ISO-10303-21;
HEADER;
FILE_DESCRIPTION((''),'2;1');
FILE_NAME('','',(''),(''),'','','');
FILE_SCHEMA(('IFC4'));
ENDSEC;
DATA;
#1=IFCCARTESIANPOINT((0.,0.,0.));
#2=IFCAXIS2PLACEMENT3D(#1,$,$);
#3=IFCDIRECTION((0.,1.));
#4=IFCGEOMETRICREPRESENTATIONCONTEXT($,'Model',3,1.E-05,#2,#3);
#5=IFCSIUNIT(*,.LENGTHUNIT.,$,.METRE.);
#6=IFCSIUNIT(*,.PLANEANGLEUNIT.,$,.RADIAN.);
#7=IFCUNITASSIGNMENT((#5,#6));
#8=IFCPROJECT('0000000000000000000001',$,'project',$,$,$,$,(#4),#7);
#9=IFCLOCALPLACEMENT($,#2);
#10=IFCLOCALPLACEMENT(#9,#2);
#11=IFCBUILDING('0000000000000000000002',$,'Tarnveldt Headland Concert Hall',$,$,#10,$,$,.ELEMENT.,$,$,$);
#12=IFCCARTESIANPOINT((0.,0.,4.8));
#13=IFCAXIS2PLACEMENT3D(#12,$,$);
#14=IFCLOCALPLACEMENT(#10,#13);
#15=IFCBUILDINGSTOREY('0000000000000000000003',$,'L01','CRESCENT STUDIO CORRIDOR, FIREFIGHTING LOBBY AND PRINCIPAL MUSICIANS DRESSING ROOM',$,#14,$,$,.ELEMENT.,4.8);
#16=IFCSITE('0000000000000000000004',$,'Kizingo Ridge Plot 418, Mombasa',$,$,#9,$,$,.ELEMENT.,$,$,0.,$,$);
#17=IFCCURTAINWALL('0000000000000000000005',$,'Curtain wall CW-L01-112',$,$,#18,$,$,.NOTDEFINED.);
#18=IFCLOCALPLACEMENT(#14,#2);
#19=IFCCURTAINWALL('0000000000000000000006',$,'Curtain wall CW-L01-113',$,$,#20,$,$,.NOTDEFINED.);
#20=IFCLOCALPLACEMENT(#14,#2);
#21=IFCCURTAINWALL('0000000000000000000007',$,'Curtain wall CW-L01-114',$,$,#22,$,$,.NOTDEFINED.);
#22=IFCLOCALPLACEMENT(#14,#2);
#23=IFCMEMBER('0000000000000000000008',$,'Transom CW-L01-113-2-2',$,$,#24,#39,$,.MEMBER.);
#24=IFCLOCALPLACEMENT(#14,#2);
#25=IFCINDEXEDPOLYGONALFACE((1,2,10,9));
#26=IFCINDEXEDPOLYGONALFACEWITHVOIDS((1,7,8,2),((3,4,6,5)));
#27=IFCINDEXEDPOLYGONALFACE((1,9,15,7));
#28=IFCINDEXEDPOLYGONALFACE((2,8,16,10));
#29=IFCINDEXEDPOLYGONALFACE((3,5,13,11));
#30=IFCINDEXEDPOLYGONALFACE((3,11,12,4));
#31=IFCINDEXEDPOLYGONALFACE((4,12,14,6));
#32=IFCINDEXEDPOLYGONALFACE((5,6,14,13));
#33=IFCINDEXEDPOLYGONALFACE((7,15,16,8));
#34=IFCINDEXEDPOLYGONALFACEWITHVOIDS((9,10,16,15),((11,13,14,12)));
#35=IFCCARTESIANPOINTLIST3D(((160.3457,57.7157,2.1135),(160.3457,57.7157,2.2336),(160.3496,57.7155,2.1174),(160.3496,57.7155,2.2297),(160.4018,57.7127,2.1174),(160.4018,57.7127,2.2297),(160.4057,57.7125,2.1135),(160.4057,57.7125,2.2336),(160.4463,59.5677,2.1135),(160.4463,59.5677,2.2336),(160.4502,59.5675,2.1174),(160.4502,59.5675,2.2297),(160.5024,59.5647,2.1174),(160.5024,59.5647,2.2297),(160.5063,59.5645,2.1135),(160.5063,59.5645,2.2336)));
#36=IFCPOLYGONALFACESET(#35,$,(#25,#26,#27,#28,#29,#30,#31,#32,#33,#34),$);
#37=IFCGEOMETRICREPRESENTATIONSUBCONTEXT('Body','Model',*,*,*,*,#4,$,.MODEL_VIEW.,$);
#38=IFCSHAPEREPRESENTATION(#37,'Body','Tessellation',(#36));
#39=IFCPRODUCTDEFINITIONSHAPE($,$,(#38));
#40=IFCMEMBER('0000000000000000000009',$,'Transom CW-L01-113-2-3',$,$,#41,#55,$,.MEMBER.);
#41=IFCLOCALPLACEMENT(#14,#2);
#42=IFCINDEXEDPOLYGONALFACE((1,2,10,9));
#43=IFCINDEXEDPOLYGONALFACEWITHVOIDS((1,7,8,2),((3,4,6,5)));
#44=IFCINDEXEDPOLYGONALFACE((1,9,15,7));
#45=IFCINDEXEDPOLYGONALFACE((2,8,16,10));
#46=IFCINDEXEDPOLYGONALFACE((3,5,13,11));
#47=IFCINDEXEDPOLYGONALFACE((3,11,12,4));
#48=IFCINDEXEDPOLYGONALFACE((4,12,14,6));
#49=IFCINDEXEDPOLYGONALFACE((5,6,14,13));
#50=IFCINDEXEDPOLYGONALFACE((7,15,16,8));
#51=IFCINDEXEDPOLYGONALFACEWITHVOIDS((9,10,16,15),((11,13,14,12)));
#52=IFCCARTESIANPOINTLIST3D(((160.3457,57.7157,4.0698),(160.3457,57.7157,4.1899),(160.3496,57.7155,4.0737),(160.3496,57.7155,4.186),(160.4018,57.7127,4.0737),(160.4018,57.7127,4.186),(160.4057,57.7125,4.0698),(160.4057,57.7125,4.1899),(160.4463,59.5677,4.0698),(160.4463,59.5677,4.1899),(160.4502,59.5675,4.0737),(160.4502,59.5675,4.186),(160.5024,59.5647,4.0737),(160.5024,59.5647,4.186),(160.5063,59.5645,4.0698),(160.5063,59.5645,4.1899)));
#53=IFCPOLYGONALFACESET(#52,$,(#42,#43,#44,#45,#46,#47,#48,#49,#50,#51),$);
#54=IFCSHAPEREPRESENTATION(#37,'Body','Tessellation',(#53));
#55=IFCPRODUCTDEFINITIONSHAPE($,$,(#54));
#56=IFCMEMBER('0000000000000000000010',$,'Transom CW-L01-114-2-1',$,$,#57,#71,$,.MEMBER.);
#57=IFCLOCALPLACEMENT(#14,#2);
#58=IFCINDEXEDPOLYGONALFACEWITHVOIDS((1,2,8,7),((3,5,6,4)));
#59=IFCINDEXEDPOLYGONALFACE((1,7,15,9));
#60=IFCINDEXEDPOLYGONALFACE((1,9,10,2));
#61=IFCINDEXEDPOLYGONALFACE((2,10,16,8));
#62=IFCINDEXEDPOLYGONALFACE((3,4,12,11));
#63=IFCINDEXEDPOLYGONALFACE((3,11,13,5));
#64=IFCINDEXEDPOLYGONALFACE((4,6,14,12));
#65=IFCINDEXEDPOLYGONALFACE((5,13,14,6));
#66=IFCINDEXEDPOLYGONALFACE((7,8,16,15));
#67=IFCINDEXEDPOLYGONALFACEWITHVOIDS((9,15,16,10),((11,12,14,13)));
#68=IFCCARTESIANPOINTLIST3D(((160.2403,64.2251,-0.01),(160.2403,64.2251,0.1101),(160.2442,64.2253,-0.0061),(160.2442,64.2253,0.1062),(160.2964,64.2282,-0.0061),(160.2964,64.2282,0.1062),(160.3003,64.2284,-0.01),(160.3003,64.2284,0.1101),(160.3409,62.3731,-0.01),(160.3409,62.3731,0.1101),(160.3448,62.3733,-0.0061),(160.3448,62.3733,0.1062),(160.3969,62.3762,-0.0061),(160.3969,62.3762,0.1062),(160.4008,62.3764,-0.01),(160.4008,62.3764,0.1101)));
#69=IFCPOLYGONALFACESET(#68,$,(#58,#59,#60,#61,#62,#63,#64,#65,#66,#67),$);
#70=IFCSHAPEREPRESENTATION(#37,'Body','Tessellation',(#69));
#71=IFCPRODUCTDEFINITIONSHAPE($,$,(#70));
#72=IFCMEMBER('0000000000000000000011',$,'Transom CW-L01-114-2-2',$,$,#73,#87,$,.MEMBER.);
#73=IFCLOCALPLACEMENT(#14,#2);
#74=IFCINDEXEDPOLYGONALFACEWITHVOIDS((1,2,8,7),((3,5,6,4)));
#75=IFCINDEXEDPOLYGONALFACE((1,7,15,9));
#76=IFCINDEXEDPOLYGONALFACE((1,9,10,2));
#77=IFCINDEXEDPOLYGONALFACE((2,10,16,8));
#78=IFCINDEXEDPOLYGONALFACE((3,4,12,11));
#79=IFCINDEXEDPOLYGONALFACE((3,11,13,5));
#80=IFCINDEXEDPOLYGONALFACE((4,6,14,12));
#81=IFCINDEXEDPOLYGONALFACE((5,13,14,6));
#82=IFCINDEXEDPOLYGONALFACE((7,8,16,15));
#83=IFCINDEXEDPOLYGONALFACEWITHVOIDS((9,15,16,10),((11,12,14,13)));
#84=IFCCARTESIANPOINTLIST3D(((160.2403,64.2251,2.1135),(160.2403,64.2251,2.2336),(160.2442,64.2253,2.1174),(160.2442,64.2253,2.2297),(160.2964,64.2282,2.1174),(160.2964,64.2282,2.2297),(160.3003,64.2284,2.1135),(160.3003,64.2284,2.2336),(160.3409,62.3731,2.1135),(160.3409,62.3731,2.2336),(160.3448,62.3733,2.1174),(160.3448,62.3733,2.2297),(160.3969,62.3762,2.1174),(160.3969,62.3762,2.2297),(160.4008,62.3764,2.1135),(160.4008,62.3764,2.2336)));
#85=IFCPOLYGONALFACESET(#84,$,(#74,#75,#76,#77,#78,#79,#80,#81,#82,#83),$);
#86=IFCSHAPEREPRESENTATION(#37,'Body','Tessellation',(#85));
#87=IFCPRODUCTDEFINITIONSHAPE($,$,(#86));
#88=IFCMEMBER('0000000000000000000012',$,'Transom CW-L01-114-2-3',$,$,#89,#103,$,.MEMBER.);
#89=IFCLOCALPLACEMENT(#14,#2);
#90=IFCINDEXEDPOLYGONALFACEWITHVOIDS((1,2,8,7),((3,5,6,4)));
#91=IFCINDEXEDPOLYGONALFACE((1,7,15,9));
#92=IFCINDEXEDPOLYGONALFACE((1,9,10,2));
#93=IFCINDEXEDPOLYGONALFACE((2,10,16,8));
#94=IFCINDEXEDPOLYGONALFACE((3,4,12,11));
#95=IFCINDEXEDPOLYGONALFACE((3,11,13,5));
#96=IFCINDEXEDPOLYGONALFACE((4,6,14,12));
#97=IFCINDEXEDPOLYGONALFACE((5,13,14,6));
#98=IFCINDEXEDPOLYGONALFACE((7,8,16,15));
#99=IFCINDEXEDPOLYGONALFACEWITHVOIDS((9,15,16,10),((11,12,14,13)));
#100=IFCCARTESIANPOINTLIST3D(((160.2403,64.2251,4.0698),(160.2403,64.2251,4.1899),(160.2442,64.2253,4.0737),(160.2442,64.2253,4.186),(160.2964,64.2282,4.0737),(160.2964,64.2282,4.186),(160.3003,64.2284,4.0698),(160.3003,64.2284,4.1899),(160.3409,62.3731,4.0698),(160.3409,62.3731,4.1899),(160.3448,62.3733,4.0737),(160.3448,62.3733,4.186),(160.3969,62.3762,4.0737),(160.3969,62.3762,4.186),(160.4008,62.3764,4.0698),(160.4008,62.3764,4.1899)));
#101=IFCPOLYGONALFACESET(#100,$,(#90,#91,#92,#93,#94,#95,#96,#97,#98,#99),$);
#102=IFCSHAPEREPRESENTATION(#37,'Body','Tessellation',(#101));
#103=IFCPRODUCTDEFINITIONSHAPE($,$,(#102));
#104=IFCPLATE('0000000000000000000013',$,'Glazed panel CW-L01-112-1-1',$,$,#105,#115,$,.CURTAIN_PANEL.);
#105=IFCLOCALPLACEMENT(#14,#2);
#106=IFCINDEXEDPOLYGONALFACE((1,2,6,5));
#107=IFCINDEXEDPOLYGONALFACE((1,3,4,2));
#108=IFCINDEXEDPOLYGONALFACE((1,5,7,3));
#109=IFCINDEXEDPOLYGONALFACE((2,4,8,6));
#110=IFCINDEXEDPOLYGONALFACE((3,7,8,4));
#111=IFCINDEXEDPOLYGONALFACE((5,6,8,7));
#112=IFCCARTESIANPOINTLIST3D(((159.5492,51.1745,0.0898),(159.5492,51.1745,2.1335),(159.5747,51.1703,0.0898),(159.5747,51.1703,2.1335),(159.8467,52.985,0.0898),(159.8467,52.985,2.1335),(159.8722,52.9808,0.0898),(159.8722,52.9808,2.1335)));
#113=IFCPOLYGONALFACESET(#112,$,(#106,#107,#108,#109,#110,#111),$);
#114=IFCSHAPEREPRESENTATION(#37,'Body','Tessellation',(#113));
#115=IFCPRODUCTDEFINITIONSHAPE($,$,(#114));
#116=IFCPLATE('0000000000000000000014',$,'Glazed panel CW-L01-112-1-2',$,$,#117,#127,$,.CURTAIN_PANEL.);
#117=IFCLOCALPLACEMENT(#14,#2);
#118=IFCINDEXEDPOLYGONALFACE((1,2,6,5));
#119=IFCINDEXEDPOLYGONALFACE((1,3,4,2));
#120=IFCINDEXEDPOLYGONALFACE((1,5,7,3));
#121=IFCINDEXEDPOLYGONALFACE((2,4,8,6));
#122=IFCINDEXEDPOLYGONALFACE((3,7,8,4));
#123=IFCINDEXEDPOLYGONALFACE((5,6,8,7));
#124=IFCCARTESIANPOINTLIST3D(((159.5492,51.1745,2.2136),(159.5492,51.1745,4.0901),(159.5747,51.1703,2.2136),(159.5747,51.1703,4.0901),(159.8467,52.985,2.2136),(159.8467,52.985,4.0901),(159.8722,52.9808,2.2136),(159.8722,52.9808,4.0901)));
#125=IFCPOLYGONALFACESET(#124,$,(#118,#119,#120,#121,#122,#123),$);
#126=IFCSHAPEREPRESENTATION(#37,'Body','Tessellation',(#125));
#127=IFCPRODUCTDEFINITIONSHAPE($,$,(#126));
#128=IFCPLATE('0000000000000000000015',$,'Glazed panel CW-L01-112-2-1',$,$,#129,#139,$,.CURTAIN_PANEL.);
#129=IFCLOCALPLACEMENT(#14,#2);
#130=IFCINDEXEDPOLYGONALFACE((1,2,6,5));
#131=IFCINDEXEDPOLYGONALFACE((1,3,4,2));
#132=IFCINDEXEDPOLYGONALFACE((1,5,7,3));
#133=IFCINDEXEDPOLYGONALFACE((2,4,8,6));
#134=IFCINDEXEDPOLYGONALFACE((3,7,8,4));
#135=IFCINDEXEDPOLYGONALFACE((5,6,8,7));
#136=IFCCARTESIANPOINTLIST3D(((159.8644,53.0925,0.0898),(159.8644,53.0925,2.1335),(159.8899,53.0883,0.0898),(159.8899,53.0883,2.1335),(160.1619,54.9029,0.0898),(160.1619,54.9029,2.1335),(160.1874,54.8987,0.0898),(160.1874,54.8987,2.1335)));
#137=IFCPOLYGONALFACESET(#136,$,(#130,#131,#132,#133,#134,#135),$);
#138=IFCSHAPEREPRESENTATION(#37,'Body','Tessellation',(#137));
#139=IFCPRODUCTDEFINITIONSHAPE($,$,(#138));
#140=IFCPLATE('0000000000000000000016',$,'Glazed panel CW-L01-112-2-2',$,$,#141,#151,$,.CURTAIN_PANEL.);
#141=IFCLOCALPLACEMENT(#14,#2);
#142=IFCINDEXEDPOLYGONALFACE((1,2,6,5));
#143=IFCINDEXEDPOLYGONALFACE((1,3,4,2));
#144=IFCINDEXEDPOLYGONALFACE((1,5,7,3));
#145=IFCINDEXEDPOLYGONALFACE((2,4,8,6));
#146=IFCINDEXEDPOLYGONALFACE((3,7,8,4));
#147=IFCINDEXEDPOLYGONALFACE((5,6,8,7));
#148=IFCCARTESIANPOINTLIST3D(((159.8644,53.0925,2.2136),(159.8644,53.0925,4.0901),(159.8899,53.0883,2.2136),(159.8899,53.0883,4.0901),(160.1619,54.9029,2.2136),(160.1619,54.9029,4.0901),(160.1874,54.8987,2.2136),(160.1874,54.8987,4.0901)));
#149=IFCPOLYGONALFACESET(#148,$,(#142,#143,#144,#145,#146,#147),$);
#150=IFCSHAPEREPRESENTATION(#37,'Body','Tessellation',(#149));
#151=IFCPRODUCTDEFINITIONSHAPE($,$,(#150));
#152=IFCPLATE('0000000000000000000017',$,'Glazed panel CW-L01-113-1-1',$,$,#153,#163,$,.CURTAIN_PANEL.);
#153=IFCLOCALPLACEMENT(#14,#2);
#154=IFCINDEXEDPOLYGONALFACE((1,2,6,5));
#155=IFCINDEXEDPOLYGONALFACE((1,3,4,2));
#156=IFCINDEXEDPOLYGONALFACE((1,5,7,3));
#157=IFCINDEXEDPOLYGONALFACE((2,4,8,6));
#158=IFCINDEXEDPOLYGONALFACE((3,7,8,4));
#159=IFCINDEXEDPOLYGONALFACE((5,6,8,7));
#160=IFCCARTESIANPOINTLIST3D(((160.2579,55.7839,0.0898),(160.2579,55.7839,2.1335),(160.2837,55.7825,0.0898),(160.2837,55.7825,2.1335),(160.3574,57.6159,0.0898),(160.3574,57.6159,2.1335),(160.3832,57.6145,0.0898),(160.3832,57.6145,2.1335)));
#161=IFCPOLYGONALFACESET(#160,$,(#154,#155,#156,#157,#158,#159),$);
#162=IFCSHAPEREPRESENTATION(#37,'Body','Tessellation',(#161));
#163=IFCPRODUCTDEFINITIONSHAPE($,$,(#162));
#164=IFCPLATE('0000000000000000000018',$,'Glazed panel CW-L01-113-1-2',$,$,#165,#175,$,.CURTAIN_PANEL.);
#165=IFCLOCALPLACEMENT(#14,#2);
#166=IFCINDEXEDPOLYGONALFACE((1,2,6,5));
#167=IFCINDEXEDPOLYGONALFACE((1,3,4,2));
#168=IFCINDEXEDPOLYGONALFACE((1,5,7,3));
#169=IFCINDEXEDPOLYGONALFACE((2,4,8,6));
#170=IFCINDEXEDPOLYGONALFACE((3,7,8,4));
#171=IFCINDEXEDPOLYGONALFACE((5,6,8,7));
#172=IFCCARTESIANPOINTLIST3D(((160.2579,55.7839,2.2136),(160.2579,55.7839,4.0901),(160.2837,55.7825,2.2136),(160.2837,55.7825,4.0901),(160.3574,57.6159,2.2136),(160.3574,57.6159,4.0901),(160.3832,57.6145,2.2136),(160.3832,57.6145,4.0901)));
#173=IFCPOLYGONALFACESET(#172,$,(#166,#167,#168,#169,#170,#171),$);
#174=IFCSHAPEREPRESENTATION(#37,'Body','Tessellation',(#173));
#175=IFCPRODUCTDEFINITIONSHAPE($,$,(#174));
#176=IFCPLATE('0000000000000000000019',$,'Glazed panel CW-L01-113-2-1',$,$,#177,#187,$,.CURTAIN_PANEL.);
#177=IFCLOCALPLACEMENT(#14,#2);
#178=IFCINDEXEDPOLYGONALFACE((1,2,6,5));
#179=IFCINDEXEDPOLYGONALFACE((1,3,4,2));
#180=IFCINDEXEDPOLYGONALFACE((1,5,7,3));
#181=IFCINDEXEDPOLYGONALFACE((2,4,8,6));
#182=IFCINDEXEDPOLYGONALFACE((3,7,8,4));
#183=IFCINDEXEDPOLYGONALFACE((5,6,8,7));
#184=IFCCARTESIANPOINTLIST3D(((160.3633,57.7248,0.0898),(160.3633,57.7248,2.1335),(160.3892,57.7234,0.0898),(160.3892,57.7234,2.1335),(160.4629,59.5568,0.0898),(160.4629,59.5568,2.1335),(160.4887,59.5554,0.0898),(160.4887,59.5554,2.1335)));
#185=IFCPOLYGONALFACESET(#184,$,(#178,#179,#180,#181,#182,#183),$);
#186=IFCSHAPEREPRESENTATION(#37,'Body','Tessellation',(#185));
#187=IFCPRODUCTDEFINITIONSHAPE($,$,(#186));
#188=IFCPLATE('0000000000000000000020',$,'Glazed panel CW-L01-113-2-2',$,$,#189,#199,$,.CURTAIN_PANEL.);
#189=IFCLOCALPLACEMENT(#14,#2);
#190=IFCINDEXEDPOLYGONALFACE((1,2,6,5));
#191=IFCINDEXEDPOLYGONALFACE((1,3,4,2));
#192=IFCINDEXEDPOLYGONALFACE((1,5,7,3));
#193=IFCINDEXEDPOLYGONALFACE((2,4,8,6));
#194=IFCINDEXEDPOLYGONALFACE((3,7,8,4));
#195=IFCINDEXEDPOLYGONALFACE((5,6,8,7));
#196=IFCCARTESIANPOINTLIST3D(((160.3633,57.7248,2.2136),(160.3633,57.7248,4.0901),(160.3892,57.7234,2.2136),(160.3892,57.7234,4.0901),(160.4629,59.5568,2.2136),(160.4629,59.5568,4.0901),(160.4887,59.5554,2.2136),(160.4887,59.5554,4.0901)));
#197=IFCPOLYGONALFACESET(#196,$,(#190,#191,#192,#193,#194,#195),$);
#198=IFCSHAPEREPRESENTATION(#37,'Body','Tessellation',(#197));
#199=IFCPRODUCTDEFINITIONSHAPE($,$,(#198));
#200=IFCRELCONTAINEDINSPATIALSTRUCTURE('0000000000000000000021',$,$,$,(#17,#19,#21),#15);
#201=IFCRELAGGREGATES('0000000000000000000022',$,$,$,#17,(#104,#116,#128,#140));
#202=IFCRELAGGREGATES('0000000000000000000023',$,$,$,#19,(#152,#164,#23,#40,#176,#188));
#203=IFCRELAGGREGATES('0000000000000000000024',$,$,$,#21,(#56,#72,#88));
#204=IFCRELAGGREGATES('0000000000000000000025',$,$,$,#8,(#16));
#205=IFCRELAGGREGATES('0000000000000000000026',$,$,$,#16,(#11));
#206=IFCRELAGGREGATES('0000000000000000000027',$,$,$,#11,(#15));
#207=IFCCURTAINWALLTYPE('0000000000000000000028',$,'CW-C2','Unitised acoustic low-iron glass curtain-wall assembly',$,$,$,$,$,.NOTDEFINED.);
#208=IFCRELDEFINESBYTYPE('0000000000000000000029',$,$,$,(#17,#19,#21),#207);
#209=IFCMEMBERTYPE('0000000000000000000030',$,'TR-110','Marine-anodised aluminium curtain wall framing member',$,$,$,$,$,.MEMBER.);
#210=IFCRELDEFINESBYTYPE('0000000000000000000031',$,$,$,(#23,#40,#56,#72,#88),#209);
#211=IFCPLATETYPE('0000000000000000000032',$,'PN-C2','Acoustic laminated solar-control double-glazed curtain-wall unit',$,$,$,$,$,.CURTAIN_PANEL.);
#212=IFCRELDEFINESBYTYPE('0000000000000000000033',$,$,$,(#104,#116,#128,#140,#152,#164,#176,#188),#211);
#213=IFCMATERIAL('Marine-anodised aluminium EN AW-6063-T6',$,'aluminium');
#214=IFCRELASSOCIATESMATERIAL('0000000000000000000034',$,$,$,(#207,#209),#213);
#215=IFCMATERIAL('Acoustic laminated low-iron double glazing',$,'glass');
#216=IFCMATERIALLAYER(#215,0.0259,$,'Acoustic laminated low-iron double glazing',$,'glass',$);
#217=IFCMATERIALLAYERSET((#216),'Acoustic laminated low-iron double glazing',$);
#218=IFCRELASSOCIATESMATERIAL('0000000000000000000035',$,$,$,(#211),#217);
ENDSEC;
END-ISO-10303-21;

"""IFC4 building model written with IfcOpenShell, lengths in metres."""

from ifc_helpers import new_model, si_unit, direction, frame, origin, origin_2d, place, context, subcontext, project, spatial, rectangle, hollow_rectangle, extrude, material, layer, layer_set, material_profile, profile_set, type_object, element, aggregate, save


model = new_model("IFC4")

# Units and contexts
model_context = context("Model", 3, precision=1e-05, world=origin(), true_north=direction((0.0, 1.0)))
body_context = subcontext(model_context, "Body", "Model", "MODEL_VIEW")
ifc_project = project(units=[si_unit("LENGTHUNIT", "METRE"), si_unit("PLANEANGLEUNIT", "RADIAN")], contexts=[model_context])

# Site, building, storey
site_placement = place(None, origin())
site = spatial("IfcSite", under=ifc_project, at=site_placement, Name="Kizingo Ridge Plot 418, Mombasa", CompositionType="ELEMENT", RefElevation=0.0)
building_placement = place(site_placement, origin())
building = spatial("IfcBuilding", under=site, at=building_placement, Name="Tarnveldt Headland Concert Hall", CompositionType="ELEMENT")
storey_placement = place(building_placement, frame((0.0, 0.0, 4.8)))
storey = spatial("IfcBuildingStorey", under=building, at=storey_placement, Name="L01", Description="CRESCENT STUDIO CORRIDOR, FIREFIGHTING LOBBY AND PRINCIPAL MUSICIANS DRESSING ROOM", CompositionType="ELEMENT", Elevation=4.8)

# Curtain walls
ifc_material_1 = material(Name="Marine-anodised aluminium EN AW-6063-T6", Category="aluminium")
curtain_wall_type = type_object("IfcCurtainWallType", Name="CW-C2", Description="Unitised acoustic low-iron glass curtain-wall assembly", PredefinedType="NOTDEFINED", material=ifc_material_1)
curtain_wall_1_placement = place(storey_placement, origin())
curtain_wall_1 = element("IfcCurtainWall", 1, at=curtain_wall_1_placement, inside=storey, type_object=curtain_wall_type, Name="Curtain wall CW-L01-112", PredefinedType="NOTDEFINED")
curtain_wall_2_placement = place(storey_placement, origin())
curtain_wall_2 = element("IfcCurtainWall", 2, at=curtain_wall_2_placement, inside=storey, type_object=curtain_wall_type, Name="Curtain wall CW-L01-113", PredefinedType="NOTDEFINED")

# Curtain wall
curtain_wall_3_placement = place(storey_placement, origin())
curtain_wall_3 = element("IfcCurtainWall", 3, at=curtain_wall_3_placement, inside=storey, type_object=curtain_wall_type, Name="Curtain wall CW-L01-114", PredefinedType="NOTDEFINED")

# Members
ifc_material_profile_1 = material_profile(ifc_material_1, hollow_rectangle(XDim=0.0601, YDim=0.1201, WallThickness=0.0039, at=origin_2d()), Name="ALU TRANSOM 60x120x4", Category="aluminium")
ifc_profile_set_1 = profile_set([ifc_material_profile_1], Name="Marine-anodised aluminium EN AW-6063-T6")
member_type_1 = type_object("IfcMemberType", Name="TR-110", Description="Marine-anodised aluminium curtain wall framing member", PredefinedType="MEMBER", material=ifc_profile_set_1)
member_1_placement = place(storey_placement, frame((160.3757, 57.7141, 2.1736), z_axis=(0.054231, 0.998528, 0.0), x_axis=(-0.998528, 0.054231, 0.0)))
member_1 = element("IfcMember", 4, at=member_1_placement, type_object=member_type_1, Name="Transom CW-L01-113-2-2", PredefinedType="MEMBER", context=body_context, shape_type="SweptSolid", body=[
    extrude(hollow_rectangle(XDim=0.0601, YDim=0.1201, WallThickness=0.0039, at=origin_2d()), origin(), (0.0, 0.0, 1.0), 1.8547),
])
member_2_placement = place(storey_placement, frame((160.3757, 57.7141, 4.1299), z_axis=(0.054231, 0.998528, 0.0), x_axis=(-0.998528, 0.054231, 0.0)))
member_2 = element("IfcMember", 5, at=member_2_placement, type_object=member_type_1, Name="Transom CW-L01-113-2-3", PredefinedType="MEMBER", context=body_context, shape_type="SweptSolid", body=[
    extrude(hollow_rectangle(XDim=0.0601, YDim=0.1201, WallThickness=0.0039, at=origin_2d()), origin(), (0.0, 0.0, 1.0), 1.8547),
])
member_3_placement = place(storey_placement, frame((160.3708, 62.3748, 0.05), z_axis=(-0.054231, 0.998528, 0.0), x_axis=(-0.998528, -0.054231, 0.0)))
member_3 = element("IfcMember", 6, at=member_3_placement, type_object=member_type_1, Name="Transom CW-L01-114-2-1", PredefinedType="MEMBER", context=body_context, shape_type="SweptSolid", body=[
    extrude(hollow_rectangle(XDim=0.0601, YDim=0.1201, WallThickness=0.0039, at=origin_2d()), origin(), (0.0, 0.0, 1.0), 1.8547),
])
member_4_placement = place(storey_placement, frame((160.3708, 62.3748, 2.1736), z_axis=(-0.054231, 0.998528, 0.0), x_axis=(-0.998528, -0.054231, 0.0)))
member_4 = element("IfcMember", 7, at=member_4_placement, type_object=member_type_1, Name="Transom CW-L01-114-2-2", PredefinedType="MEMBER", context=body_context, shape_type="SweptSolid", body=[
    extrude(hollow_rectangle(XDim=0.0601, YDim=0.1201, WallThickness=0.0039, at=origin_2d()), origin(), (0.0, 0.0, 1.0), 1.8547),
])
member_5_placement = place(storey_placement, frame((160.3708, 62.3748, 4.1299), z_axis=(-0.054231, 0.998528, 0.0), x_axis=(-0.998528, -0.054231, 0.0)))
member_5 = element("IfcMember", 8, at=member_5_placement, type_object=member_type_1, Name="Transom CW-L01-114-2-3", PredefinedType="MEMBER", context=body_context, shape_type="SweptSolid", body=[
    extrude(hollow_rectangle(XDim=0.0601, YDim=0.1201, WallThickness=0.0039, at=origin_2d()), origin(), (0.0, 0.0, 1.0), 1.8547),
])

# Plates
ifc_material_2 = material(Name="Acoustic laminated low-iron double glazing", Category="glass")
ifc_layer = layer(ifc_material_2, 0.0259, Name="Acoustic laminated low-iron double glazing", Category="glass")
ifc_layer_set = layer_set([ifc_layer], Name="Acoustic laminated low-iron double glazing")
plate_type = type_object("IfcPlateType", Name="PN-C2", Description="Acoustic laminated solar-control double-glazed curtain-wall unit", PredefinedType="CURTAIN_PANEL", material=ifc_layer_set)
plate_1_placement = place(storey_placement, frame((159.7107, 52.0776, 0.0898), z_axis=(0.0, 0.0, 1.0), x_axis=(0.162155, 0.986765, 0.0)))
plate_1 = element("IfcPlate", 9, at=plate_1_placement, type_object=plate_type, Name="Glazed panel CW-L01-112-1-1", PredefinedType="CURTAIN_PANEL", context=body_context, shape_type="SweptSolid", body=[
    extrude(rectangle(XDim=1.8347, YDim=0.0259, at=origin_2d()), origin(), (0.0, 0.0, 1.0), 2.0437),
])
plate_2_placement = place(storey_placement, frame((159.7107, 52.0776, 2.2136), z_axis=(0.0, 0.0, 1.0), x_axis=(0.162155, 0.986765, 0.0)))
plate_2 = element("IfcPlate", 10, at=plate_2_placement, type_object=plate_type, Name="Glazed panel CW-L01-112-1-2", PredefinedType="CURTAIN_PANEL", context=body_context, shape_type="SweptSolid", body=[
    extrude(rectangle(XDim=1.8347, YDim=0.0259, at=origin_2d()), origin(), (0.0, 0.0, 1.0), 1.8765),
])
plate_3_placement = place(storey_placement, frame((160.0259, 53.9956, 0.0898), z_axis=(0.0, 0.0, 1.0), x_axis=(0.162155, 0.986765, 0.0)))
plate_3 = element("IfcPlate", 11, at=plate_3_placement, type_object=plate_type, Name="Glazed panel CW-L01-112-2-1", PredefinedType="CURTAIN_PANEL", context=body_context, shape_type="SweptSolid", body=[
    extrude(rectangle(XDim=1.8347, YDim=0.0259, at=origin_2d()), origin(), (0.0, 0.0, 1.0), 2.0437),
])
plate_4_placement = place(storey_placement, frame((160.0259, 53.9956, 2.2136), z_axis=(0.0, 0.0, 1.0), x_axis=(0.162155, 0.986765, 0.0)))
plate_4 = element("IfcPlate", 12, at=plate_4_placement, type_object=plate_type, Name="Glazed panel CW-L01-112-2-2", PredefinedType="CURTAIN_PANEL", context=body_context, shape_type="SweptSolid", body=[
    extrude(rectangle(XDim=1.8347, YDim=0.0259, at=origin_2d()), origin(), (0.0, 0.0, 1.0), 1.8765),
])
aggregate(curtain_wall_1, [plate_1, plate_2, plate_3, plate_4])
plate_5_placement = place(storey_placement, frame((160.3206, 56.6992, 0.0898), z_axis=(0.0, 0.0, 1.0), x_axis=(0.054253, 0.998527, 0.0)))
plate_5 = element("IfcPlate", 13, at=plate_5_placement, type_object=plate_type, Name="Glazed panel CW-L01-113-1-1", PredefinedType="CURTAIN_PANEL", context=body_context, shape_type="SweptSolid", body=[
    extrude(rectangle(XDim=1.8347, YDim=0.0259, at=origin_2d()), origin(), (0.0, 0.0, 1.0), 2.0437),
])
plate_6_placement = place(storey_placement, frame((160.3206, 56.6992, 2.2136), z_axis=(0.0, 0.0, 1.0), x_axis=(0.054253, 0.998527, 0.0)))
plate_6 = element("IfcPlate", 14, at=plate_6_placement, type_object=plate_type, Name="Glazed panel CW-L01-113-1-2", PredefinedType="CURTAIN_PANEL", context=body_context, shape_type="SweptSolid", body=[
    extrude(rectangle(XDim=1.8347, YDim=0.0259, at=origin_2d()), origin(), (0.0, 0.0, 1.0), 1.8765),
])
plate_7_placement = place(storey_placement, frame((160.426, 58.6401, 0.0898), z_axis=(0.0, 0.0, 1.0), x_axis=(0.054253, 0.998527, 0.0)))
plate_7 = element("IfcPlate", 15, at=plate_7_placement, type_object=plate_type, Name="Glazed panel CW-L01-113-2-1", PredefinedType="CURTAIN_PANEL", context=body_context, shape_type="SweptSolid", body=[
    extrude(rectangle(XDim=1.8347, YDim=0.0259, at=origin_2d()), origin(), (0.0, 0.0, 1.0), 2.0437),
])
plate_8_placement = place(storey_placement, frame((160.426, 58.6401, 2.2136), z_axis=(0.0, 0.0, 1.0), x_axis=(0.054253, 0.998527, 0.0)))
plate_8 = element("IfcPlate", 16, at=plate_8_placement, type_object=plate_type, Name="Glazed panel CW-L01-113-2-2", PredefinedType="CURTAIN_PANEL", context=body_context, shape_type="SweptSolid", body=[
    extrude(rectangle(XDim=1.8347, YDim=0.0259, at=origin_2d()), origin(), (0.0, 0.0, 1.0), 1.8765),
])
aggregate(curtain_wall_2, [plate_5, plate_6, member_1, member_2, plate_7, plate_8])
aggregate(curtain_wall_3, [member_3, member_4, member_5])

save(model, "model.ifc")
